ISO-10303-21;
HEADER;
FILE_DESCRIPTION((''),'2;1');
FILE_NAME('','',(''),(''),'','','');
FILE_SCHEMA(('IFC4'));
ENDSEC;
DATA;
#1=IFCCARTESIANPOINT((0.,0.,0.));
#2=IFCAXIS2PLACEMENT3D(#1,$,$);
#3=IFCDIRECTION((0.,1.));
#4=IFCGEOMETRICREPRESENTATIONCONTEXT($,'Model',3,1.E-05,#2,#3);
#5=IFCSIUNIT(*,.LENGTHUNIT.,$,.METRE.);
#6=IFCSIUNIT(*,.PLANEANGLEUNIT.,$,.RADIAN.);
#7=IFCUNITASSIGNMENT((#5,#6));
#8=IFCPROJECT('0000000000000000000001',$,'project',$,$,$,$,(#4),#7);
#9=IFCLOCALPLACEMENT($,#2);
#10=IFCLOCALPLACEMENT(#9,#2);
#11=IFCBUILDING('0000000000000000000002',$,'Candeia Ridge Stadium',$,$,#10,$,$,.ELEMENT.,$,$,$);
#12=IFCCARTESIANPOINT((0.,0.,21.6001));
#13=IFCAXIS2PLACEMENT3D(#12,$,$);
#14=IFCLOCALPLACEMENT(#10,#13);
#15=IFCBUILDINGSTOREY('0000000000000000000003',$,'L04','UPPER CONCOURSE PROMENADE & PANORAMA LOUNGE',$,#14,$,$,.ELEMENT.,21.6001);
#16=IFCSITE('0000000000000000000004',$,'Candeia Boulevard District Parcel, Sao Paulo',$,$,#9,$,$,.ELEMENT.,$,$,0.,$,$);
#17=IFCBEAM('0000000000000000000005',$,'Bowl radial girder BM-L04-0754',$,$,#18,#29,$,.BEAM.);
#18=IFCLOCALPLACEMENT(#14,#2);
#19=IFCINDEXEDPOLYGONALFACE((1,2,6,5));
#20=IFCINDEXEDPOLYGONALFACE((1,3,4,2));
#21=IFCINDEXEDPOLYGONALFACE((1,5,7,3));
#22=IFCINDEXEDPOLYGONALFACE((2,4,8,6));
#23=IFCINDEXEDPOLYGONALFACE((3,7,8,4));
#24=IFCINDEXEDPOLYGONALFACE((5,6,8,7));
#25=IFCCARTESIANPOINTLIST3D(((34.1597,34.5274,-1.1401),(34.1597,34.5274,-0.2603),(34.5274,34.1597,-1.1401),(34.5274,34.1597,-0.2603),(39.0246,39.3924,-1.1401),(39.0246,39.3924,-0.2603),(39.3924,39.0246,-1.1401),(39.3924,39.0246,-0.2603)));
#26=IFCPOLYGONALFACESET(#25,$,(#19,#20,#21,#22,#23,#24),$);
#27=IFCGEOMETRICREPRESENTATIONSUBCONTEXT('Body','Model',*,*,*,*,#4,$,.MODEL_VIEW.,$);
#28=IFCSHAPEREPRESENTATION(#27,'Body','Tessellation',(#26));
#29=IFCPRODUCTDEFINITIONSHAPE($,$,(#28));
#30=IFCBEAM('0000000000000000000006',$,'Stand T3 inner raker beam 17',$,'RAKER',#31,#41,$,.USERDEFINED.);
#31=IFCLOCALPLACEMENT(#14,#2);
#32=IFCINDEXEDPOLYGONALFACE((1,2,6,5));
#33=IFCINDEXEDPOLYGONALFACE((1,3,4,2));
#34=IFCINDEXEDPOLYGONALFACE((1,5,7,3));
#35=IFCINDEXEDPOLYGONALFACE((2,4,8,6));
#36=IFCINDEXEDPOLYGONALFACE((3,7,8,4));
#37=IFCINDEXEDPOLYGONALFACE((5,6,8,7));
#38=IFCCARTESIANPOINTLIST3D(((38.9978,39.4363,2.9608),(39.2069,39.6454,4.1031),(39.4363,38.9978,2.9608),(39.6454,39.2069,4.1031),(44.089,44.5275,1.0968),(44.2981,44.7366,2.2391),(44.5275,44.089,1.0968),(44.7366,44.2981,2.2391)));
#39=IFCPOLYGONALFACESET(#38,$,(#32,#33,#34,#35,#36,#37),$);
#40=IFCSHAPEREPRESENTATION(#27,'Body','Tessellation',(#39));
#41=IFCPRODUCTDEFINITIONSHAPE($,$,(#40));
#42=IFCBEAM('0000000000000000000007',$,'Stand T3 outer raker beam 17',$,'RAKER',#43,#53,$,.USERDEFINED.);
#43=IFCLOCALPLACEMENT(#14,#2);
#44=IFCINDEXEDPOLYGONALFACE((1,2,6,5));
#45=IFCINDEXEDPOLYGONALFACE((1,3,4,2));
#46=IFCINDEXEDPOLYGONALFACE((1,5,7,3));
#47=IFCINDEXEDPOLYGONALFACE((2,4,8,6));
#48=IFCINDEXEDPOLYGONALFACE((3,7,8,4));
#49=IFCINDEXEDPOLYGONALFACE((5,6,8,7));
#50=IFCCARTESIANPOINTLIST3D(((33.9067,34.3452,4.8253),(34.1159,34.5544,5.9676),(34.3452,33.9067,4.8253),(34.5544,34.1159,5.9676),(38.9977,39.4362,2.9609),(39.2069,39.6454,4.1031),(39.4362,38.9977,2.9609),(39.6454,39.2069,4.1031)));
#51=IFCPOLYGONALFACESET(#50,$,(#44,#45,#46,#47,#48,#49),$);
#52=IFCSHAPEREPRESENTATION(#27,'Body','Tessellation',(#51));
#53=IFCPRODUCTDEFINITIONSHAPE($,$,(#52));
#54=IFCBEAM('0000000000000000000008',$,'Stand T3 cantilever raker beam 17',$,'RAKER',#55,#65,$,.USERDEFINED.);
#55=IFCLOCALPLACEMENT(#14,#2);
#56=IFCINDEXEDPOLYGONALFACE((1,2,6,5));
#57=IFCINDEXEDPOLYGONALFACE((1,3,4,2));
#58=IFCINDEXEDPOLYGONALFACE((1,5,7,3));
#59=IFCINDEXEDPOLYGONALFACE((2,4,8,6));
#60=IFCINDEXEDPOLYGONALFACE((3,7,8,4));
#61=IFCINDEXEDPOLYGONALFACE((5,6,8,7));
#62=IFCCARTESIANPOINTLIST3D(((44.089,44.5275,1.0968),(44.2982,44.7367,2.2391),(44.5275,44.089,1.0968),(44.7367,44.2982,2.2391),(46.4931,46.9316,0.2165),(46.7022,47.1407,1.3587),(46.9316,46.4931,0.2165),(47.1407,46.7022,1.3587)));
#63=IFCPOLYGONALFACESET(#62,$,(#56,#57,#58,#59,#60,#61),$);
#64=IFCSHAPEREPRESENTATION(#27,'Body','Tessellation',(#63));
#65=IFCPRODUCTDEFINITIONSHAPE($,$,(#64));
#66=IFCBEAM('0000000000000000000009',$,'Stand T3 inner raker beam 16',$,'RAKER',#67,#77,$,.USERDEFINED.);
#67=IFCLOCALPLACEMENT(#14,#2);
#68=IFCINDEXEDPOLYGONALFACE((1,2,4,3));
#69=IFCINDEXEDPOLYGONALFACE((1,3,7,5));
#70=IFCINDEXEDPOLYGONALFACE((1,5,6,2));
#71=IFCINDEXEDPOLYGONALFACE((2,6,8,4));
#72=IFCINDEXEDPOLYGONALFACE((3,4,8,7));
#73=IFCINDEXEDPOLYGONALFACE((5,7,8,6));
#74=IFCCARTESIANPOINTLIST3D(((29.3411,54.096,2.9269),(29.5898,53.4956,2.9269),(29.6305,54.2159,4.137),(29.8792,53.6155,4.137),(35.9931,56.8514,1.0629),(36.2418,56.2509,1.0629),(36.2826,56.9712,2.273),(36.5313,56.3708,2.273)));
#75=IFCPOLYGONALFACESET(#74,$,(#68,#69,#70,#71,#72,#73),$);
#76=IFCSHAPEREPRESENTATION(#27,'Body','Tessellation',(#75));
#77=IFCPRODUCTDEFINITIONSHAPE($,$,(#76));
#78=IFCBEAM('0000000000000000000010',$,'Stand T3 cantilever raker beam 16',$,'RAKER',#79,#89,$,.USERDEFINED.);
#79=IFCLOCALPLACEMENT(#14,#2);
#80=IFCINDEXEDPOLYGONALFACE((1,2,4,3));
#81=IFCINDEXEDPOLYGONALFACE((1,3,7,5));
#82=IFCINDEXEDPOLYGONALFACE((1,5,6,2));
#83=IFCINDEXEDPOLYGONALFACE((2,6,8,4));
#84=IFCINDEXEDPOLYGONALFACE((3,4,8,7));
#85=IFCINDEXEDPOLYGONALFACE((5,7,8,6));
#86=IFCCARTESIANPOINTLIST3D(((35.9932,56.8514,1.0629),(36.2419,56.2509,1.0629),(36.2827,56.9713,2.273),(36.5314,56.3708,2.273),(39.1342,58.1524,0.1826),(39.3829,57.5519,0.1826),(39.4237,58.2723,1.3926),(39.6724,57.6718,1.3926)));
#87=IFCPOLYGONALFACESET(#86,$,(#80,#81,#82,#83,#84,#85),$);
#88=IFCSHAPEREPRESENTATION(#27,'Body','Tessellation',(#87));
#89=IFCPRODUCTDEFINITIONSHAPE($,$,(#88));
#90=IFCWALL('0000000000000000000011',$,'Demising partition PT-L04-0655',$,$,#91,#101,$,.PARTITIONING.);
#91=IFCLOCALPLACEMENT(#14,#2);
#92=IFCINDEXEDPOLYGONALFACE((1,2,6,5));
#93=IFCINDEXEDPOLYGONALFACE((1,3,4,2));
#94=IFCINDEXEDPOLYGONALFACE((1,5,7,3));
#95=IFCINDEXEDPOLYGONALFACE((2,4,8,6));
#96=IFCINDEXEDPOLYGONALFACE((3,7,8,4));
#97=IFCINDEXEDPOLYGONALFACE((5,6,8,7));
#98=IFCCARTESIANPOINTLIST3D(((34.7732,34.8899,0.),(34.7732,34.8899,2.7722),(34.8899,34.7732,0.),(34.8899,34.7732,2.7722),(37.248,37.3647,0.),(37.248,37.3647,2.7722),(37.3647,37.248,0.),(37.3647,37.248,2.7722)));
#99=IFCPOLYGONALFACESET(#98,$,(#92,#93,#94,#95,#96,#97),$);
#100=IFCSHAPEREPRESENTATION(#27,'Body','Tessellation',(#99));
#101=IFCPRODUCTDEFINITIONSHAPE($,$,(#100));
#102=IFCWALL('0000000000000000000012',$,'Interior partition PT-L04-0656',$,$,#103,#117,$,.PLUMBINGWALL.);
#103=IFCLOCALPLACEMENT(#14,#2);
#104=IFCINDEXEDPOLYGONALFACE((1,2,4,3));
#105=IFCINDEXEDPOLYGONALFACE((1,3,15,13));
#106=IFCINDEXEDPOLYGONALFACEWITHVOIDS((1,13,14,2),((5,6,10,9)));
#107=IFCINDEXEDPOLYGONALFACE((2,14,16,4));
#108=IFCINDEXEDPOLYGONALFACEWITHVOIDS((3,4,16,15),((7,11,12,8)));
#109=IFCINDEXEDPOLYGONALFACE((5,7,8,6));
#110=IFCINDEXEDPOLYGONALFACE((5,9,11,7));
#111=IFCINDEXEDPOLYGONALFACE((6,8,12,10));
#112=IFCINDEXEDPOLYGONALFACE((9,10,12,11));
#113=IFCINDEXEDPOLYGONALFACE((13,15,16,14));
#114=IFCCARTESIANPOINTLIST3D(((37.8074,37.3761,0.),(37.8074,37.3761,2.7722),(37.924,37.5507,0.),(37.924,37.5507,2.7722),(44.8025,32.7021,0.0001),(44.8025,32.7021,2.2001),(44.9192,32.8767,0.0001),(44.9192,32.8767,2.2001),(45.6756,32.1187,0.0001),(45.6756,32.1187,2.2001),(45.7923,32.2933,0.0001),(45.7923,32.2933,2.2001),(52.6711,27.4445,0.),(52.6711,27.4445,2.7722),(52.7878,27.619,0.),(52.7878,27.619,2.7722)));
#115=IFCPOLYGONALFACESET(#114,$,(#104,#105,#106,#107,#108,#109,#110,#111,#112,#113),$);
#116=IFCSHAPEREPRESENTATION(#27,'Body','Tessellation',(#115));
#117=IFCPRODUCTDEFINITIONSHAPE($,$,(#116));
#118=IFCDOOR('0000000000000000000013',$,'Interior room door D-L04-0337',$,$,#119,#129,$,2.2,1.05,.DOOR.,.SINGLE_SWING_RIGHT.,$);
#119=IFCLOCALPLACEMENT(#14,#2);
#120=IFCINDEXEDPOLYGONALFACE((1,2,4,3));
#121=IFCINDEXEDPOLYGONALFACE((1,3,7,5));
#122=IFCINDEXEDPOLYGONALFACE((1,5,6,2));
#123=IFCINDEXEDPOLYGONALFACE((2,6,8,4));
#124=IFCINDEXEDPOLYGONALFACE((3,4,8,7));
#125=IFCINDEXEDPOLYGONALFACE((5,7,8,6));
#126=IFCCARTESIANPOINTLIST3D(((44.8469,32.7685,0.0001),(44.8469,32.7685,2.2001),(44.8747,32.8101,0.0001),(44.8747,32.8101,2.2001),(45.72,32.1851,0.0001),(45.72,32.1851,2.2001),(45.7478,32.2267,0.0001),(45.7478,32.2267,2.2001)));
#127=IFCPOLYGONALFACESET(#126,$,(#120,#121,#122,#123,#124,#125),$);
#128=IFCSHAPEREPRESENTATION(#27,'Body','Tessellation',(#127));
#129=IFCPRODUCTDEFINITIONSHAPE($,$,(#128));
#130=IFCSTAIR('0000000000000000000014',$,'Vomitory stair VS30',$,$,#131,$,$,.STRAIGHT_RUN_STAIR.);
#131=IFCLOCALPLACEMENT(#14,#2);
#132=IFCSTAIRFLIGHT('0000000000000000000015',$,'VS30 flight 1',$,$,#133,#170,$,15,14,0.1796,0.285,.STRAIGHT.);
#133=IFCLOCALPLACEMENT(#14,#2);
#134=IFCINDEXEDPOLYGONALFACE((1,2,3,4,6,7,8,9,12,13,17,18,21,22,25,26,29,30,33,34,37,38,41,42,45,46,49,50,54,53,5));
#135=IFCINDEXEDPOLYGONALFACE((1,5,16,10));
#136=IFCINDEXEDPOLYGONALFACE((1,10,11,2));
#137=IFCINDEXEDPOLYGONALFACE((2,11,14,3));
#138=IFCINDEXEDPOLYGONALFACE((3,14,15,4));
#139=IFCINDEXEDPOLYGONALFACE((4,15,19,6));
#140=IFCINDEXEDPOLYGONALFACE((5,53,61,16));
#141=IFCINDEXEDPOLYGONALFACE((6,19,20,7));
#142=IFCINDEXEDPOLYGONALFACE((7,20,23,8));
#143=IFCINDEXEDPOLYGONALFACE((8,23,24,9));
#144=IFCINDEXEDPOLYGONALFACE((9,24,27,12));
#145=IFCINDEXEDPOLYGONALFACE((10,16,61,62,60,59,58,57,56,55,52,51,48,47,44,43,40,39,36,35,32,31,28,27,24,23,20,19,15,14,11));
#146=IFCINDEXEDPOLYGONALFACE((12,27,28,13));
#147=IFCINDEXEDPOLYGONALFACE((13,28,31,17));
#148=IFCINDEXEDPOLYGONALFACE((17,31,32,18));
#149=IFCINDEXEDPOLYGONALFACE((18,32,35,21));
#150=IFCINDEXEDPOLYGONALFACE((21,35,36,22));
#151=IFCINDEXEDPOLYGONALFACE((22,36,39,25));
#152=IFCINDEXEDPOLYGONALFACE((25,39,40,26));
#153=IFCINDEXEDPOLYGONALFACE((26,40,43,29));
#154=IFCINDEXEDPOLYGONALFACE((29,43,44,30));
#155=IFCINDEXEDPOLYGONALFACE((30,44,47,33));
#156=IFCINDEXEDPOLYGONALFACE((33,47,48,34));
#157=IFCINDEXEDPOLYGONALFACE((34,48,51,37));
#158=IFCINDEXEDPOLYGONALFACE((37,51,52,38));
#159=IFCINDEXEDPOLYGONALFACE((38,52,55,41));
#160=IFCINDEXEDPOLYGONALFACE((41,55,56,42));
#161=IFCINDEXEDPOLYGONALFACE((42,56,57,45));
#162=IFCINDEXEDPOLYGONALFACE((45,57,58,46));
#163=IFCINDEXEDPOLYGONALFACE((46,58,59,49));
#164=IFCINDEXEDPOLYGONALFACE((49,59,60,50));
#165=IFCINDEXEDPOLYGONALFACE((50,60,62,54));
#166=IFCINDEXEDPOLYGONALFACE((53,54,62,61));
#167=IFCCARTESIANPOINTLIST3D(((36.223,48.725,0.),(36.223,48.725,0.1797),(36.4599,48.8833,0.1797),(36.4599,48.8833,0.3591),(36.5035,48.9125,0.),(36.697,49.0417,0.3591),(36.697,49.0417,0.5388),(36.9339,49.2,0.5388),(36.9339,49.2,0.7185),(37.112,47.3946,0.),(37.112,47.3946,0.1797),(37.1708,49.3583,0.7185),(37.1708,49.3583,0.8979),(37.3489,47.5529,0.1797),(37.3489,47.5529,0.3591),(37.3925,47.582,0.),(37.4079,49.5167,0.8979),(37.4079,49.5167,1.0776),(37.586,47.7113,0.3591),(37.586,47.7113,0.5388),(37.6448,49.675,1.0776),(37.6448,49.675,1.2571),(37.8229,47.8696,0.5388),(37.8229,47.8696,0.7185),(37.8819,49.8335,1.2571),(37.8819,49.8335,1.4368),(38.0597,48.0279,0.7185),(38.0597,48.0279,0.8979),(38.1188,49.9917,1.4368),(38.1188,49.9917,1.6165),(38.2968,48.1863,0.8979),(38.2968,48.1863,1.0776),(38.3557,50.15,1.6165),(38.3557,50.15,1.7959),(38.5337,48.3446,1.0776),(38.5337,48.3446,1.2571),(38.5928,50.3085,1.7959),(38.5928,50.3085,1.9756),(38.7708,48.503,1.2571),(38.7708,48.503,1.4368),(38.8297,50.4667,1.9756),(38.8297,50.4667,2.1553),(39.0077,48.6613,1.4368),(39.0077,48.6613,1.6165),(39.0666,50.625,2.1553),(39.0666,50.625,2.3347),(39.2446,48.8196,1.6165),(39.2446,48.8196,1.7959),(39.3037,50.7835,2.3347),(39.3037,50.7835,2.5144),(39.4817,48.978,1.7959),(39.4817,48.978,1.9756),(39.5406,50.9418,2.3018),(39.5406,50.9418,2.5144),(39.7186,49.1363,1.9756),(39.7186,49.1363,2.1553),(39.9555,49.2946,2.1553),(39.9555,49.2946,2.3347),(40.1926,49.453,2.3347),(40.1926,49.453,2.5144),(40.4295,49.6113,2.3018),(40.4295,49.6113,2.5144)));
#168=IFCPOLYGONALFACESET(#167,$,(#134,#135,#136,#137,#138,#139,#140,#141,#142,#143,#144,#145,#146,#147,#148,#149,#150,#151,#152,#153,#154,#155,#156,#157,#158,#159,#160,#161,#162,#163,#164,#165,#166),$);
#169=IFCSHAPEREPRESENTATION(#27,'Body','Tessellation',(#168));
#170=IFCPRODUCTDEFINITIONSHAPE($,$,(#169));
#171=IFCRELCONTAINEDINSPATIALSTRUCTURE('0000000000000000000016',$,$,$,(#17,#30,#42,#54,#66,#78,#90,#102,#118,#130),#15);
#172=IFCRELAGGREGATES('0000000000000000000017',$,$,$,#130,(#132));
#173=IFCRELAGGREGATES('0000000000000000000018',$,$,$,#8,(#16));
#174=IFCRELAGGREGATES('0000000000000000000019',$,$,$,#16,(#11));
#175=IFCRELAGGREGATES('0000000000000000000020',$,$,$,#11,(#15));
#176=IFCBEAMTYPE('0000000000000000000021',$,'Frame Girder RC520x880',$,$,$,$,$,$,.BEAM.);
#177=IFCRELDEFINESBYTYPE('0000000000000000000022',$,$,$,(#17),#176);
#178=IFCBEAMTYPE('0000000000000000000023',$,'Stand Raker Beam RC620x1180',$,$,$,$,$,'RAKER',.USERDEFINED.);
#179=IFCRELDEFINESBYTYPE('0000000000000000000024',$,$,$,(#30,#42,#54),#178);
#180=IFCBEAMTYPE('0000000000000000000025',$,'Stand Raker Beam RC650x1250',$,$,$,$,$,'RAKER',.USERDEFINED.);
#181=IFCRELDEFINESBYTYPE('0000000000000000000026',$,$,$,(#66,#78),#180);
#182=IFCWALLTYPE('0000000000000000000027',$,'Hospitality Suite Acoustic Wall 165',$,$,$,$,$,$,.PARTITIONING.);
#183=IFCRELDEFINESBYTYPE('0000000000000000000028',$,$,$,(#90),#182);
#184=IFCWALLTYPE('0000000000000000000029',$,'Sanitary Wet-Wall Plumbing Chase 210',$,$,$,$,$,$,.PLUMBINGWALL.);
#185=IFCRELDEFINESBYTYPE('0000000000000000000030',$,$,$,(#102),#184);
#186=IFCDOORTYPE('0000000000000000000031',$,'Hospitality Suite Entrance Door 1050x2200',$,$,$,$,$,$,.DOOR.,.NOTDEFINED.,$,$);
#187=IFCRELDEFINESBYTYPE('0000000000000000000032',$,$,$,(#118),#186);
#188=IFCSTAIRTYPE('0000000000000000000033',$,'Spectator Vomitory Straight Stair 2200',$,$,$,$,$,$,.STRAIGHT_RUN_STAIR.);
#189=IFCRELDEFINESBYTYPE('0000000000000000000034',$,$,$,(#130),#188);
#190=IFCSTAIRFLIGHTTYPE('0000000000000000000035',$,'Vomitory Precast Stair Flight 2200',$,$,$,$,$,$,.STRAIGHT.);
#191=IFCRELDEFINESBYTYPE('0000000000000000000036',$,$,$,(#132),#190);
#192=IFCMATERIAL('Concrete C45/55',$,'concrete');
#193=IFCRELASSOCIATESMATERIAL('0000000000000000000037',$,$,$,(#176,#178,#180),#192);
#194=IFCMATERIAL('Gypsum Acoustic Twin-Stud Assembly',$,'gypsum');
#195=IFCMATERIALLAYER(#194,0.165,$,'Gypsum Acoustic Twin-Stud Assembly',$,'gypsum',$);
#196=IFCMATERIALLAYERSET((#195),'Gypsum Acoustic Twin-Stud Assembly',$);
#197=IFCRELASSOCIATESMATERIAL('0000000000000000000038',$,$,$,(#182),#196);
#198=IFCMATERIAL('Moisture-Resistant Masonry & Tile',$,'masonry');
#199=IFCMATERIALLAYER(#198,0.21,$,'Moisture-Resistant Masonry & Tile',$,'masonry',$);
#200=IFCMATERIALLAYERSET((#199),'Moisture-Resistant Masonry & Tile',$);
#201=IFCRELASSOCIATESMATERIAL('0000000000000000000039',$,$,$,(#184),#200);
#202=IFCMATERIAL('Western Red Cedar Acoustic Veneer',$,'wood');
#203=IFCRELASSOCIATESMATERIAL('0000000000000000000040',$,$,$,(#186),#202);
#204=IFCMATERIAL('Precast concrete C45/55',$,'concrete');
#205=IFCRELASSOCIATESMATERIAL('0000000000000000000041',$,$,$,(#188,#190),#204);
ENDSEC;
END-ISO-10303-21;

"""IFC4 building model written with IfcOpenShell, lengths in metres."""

from ifc_helpers import new_model, si_unit, direction, frame, frame_2d, origin, origin_2d, place, context, subcontext, project, spatial, polyline, rectangle, outline, extrude, material, layer, layer_set, material_profile, profile_set, type_object, element, fill, aggregate, save


model = new_model("IFC4")

# Units and contexts
model_context = context("Model", 3, precision=1e-05, world=origin(), true_north=direction((0.0, 1.0)))
body_context = subcontext(model_context, "Body", "Model", "MODEL_VIEW")
ifc_project = project(units=[si_unit("LENGTHUNIT", "METRE"), si_unit("PLANEANGLEUNIT", "RADIAN")], contexts=[model_context])

# Site, building, storey
site_placement = place(None, origin())
site = spatial("IfcSite", under=ifc_project, at=site_placement, Name="Candeia Boulevard District Parcel, Sao Paulo", CompositionType="ELEMENT", RefElevation=0.0)
building_placement = place(site_placement, origin())
building = spatial("IfcBuilding", under=site, at=building_placement, Name="Candeia Ridge Stadium", CompositionType="ELEMENT")
storey_placement = place(building_placement, frame((0.0, 0.0, 21.6001)))
storey = spatial("IfcBuildingStorey", under=building, at=storey_placement, Name="L04", Description="UPPER CONCOURSE PROMENADE & PANORAMA LOUNGE", CompositionType="ELEMENT", Elevation=21.6001)

# Shared definitions
ifc_material_1 = material(Name="Concrete C45/55", Category="concrete")

# Beams
ifc_material_profile_1 = material_profile(ifc_material_1, rectangle(XDim=0.52, YDim=0.8799, at=origin_2d()), Name="RC520x880", Category="concrete")
ifc_profile_set_1 = profile_set([ifc_material_profile_1], Name="Concrete C45/55")
beam_type_1 = type_object("IfcBeamType", Name="Frame Girder RC520x880", PredefinedType="BEAM", material=ifc_profile_set_1)
beam_1_placement = place(storey_placement, frame((39.2085, 39.2085, -0.7002), z_axis=(-0.707107, -0.707107, 0.0), x_axis=(0.707107, -0.707107, 0.0)))
element("IfcBeam", 1, at=beam_1_placement, inside=storey, type_object=beam_type_1, Name="Bowl radial girder BM-L04-0754", PredefinedType="BEAM", context=body_context, shape_type="SweptSolid", body=[
    extrude(rectangle(XDim=0.52, YDim=0.8799, at=origin_2d()), origin(), (0.0, 0.0, 1.0), 6.8801),
])
ifc_material_profile_2 = material_profile(ifc_material_1, rectangle(XDim=0.6201, YDim=1.1799, at=origin_2d()), Name="RC620x1180", Category="concrete")
ifc_profile_set_2 = profile_set([ifc_material_profile_2], Name="Concrete C45/55")
beam_type_2 = type_object("IfcBeamType", Name="Stand Raker Beam RC620x1180", ElementType="RAKER", PredefinedType="USERDEFINED", material=ifc_profile_set_2)
beam_2_placement = place(storey_placement, frame((44.4128, 44.4128, 1.668), z_axis=(-0.68454, -0.68454, 0.250621), x_axis=(0.707107, -0.707107, 0.0)))
element("IfcBeam", 2, at=beam_2_placement, inside=storey, type_object=beam_type_2, Name="Stand T3 inner raker beam 17", ObjectType="RAKER", PredefinedType="USERDEFINED", context=body_context, shape_type="SweptSolid", body=[
    extrude(rectangle(XDim=0.6201, YDim=1.1799, at=origin_2d()), origin(), (0.0, 0.0, 1.0), 7.4375),
])
beam_3_placement = place(storey_placement, frame((39.3215, 39.3215, 3.532), z_axis=(-0.684526, -0.684526, 0.250694), x_axis=(0.707107, -0.707107, 0.0)))
element("IfcBeam", 3, at=beam_3_placement, inside=storey, type_object=beam_type_2, Name="Stand T3 outer raker beam 17", ObjectType="RAKER", PredefinedType="USERDEFINED", context=body_context, shape_type="SweptSolid", body=[
    extrude(rectangle(XDim=0.6201, YDim=1.1799, at=origin_2d()), origin(), (0.0, 0.0, 1.0), 7.4373),
])
beam_4_placement = place(storey_placement, frame((46.8169, 46.8169, 0.7876), z_axis=(-0.684529, -0.684529, 0.250677), x_axis=(0.707107, -0.707107, 0.0)))
element("IfcBeam", 4, at=beam_4_placement, inside=storey, type_object=beam_type_2, Name="Stand T3 cantilever raker beam 17", ObjectType="RAKER", PredefinedType="USERDEFINED", context=body_context, shape_type="SweptSolid", body=[
    extrude(rectangle(XDim=0.6201, YDim=1.1799, at=origin_2d()), origin(), (0.0, 0.0, 1.0), 3.512),
])
ifc_material_profile_3 = material_profile(ifc_material_1, rectangle(XDim=0.6499, YDim=1.25, at=origin_2d()), Name="RC650x1250", Category="concrete")
ifc_profile_set_3 = profile_set([ifc_material_profile_3], Name="Concrete C45/55")
beam_type_3 = type_object("IfcBeamType", Name="Stand Raker Beam RC650x1250", ElementType="RAKER", PredefinedType="USERDEFINED", material=ifc_profile_set_3)
beam_5_placement = place(storey_placement, frame((36.2622, 56.6111, 1.668), z_axis=(-0.894395, -0.370468, 0.250622), x_axis=(0.382681, -0.92388, 0.0)))
element("IfcBeam", 5, at=beam_5_placement, inside=storey, type_object=beam_type_3, Name="Stand T3 inner raker beam 16", ObjectType="RAKER", PredefinedType="USERDEFINED", context=body_context, shape_type="SweptSolid", body=[
    extrude(rectangle(XDim=0.6499, YDim=1.25, at=origin_2d()), origin(), (0.0, 0.0, 1.0), 7.4375),
])
beam_6_placement = place(storey_placement, frame((39.4033, 57.9121, 0.7876), z_axis=(-0.894388, -0.370449, 0.250673), x_axis=(0.382667, -0.923886, 0.0)))
element("IfcBeam", 6, at=beam_6_placement, inside=storey, type_object=beam_type_3, Name="Stand T3 cantilever raker beam 16", ObjectType="RAKER", PredefinedType="USERDEFINED", context=body_context, shape_type="SweptSolid", body=[
    extrude(rectangle(XDim=0.6499, YDim=1.25, at=origin_2d()), origin(), (0.0, 0.0, 1.0), 3.512),
])

# Shared definitions
ifc_material_2 = material(Name="Precast concrete C45/55", Category="concrete")

# Wall
ifc_material_3 = material(Name="Gypsum Acoustic Twin-Stud Assembly", Category="gypsum")
ifc_layer_1 = layer(ifc_material_3, 0.165, Name="Gypsum Acoustic Twin-Stud Assembly", Category="gypsum")
ifc_layer_set_1 = layer_set([ifc_layer_1], Name="Gypsum Acoustic Twin-Stud Assembly")
wall_type_1 = type_object("IfcWallType", Name="Hospitality Suite Acoustic Wall 165", PredefinedType="PARTITIONING", material=ifc_layer_set_1)
wall_1_placement = place(storey_placement, frame((37.3064, 37.3064, 0.0), z_axis=(0.0, 0.0, 1.0), x_axis=(-0.707107, -0.707107, 0.0)))
element("IfcWall", 7, at=wall_1_placement, inside=storey, type_object=wall_type_1, Name="Demising partition PT-L04-0655", PredefinedType="PARTITIONING", context=body_context, shape_type="SweptSolid", body=[
    extrude(rectangle(XDim=3.5, YDim=0.165, at=frame_2d((1.75, 0.0))), origin(), (0.0, 0.0, 1.0), 2.7722),
])

# Wall, opening, door
ifc_material_4 = material(Name="Moisture-Resistant Masonry & Tile", Category="masonry")
ifc_layer_2 = layer(ifc_material_4, 0.21, Name="Moisture-Resistant Masonry & Tile", Category="masonry")
ifc_layer_set_2 = layer_set([ifc_layer_2], Name="Moisture-Resistant Masonry & Tile")
wall_type_2 = type_object("IfcWallType", Name="Sanitary Wet-Wall Plumbing Chase 210", PredefinedType="PLUMBINGWALL", material=ifc_layer_set_2)
wall_2_placement = place(storey_placement, frame((37.8657, 37.4634, 0.0), z_axis=(0.0, 0.0, 1.0), x_axis=(0.83147, -0.55557, 0.0)))
wall_2 = element("IfcWall", 8, at=wall_2_placement, inside=storey, type_object=wall_type_2, Name="Interior partition PT-L04-0656", PredefinedType="PLUMBINGWALL", context=body_context, shape_type="SweptSolid", body=[
    extrude(rectangle(XDim=17.8765, YDim=0.21, at=frame_2d((8.9382, 0.0))), origin(), (0.0, 0.0, 1.0), 2.7722),
])
opening_placement = place(wall_2_placement, frame((8.4131, 0.0, 0.0)))
opening = element("IfcOpeningElement", 9, at=opening_placement, cuts=wall_2, PredefinedType="OPENING", context=body_context, shape_type="SweptSolid", body=[
    extrude(rectangle(XDim=1.05, YDim=2.2, at=frame_2d((0.5249, 1.1001))), frame((0.0, 0.115, 0.0), z_axis=(0.0, -1.0, 0.0), x_axis=(1.0, 0.0, 0.0)), (0.0, 0.0, 1.0), 0.23),
])
ifc_material_5 = material(Name="Western Red Cedar Acoustic Veneer", Category="wood")
door_type = type_object("IfcDoorType", Name="Hospitality Suite Entrance Door 1050x2200", OperationType="NOTDEFINED", PredefinedType="DOOR", material=ifc_material_5)
door_placement = place(opening_placement, origin())
door = element("IfcDoor", 10, at=door_placement, inside=storey, type_object=door_type, Name="Interior room door D-L04-0337", OperationType="SINGLE_SWING_RIGHT", OverallHeight=2.2, OverallWidth=1.05, PredefinedType="DOOR", context=body_context, shape_type="SweptSolid", body=[
    extrude(rectangle(XDim=1.05, YDim=2.2, at=frame_2d((0.5249, 1.1001))), frame((0.0, 0.0249, 0.0), z_axis=(0.0, -1.0, 0.0), x_axis=(1.0, 0.0, 0.0)), (0.0, 0.0, 1.0), 0.05),
])
fill(opening, door)

# Stair, stair flight
stair_type = type_object("IfcStairType", Name="Spectator Vomitory Straight Stair 2200", PredefinedType="STRAIGHT_RUN_STAIR", material=ifc_material_2)
stair_placement = place(storey_placement, origin())
stair = element("IfcStair", 11, at=stair_placement, inside=storey, type_object=stair_type, Name="Vomitory stair VS30", PredefinedType="STRAIGHT_RUN_STAIR")
stair_flight_type = type_object("IfcStairFlightType", Name="Vomitory Precast Stair Flight 2200", PredefinedType="STRAIGHT", material=ifc_material_2)
stair_flight_placement = place(storey_placement, frame((36.6675, 48.0598, 0.0), z_axis=(0.0, 0.0, 1.0), x_axis=(0.83147, 0.55557, 0.0)))
stair_flight = element("IfcStairFlight", 12, at=stair_flight_placement, type_object=stair_flight_type, Name="VS30 flight 1", NumberOfRisers=15, NumberOfTreads=14, PredefinedType="STRAIGHT", RiserHeight=0.1796, TreadLength=0.285, context=body_context, shape_type="SweptSolid", body=[
    extrude(outline(polyline([(0.0, 0.0), (0.0, 0.1797), (0.2849, 0.1797), (0.2849, 0.3591), (0.5701, 0.3591), (0.5701, 0.5388), (0.855, 0.5388), (0.855, 0.7185), (1.1399, 0.7185), (1.1399, 0.8979), (1.425, 0.8979), (1.425, 1.0776), (1.71, 1.0776), (1.71, 1.2571), (1.9951, 1.2571), (1.9951, 1.4368), (2.28, 1.4368), (2.28, 1.6165), (2.5649, 1.6165), (2.5649, 1.7959), (2.8501, 1.7959), (2.8501, 1.9756), (3.135, 1.9756), (3.135, 2.1553), (3.4199, 2.1553), (3.4199, 2.3347), (3.7051, 2.3347), (3.7051, 2.5144), (3.99, 2.5144), (3.99, 2.6941), (3.99, 2.3018), (0.3374, 0.0), (0.0, 0.0)])), frame((0.0, 0.8, 0.0), z_axis=(0.0, -1.0, 0.0), x_axis=(1.0, 0.0, 0.0)), (0.0, 0.0, 1.0), 1.6001),
])
aggregate(stair, [stair_flight])

save(model, "model.ifc")
